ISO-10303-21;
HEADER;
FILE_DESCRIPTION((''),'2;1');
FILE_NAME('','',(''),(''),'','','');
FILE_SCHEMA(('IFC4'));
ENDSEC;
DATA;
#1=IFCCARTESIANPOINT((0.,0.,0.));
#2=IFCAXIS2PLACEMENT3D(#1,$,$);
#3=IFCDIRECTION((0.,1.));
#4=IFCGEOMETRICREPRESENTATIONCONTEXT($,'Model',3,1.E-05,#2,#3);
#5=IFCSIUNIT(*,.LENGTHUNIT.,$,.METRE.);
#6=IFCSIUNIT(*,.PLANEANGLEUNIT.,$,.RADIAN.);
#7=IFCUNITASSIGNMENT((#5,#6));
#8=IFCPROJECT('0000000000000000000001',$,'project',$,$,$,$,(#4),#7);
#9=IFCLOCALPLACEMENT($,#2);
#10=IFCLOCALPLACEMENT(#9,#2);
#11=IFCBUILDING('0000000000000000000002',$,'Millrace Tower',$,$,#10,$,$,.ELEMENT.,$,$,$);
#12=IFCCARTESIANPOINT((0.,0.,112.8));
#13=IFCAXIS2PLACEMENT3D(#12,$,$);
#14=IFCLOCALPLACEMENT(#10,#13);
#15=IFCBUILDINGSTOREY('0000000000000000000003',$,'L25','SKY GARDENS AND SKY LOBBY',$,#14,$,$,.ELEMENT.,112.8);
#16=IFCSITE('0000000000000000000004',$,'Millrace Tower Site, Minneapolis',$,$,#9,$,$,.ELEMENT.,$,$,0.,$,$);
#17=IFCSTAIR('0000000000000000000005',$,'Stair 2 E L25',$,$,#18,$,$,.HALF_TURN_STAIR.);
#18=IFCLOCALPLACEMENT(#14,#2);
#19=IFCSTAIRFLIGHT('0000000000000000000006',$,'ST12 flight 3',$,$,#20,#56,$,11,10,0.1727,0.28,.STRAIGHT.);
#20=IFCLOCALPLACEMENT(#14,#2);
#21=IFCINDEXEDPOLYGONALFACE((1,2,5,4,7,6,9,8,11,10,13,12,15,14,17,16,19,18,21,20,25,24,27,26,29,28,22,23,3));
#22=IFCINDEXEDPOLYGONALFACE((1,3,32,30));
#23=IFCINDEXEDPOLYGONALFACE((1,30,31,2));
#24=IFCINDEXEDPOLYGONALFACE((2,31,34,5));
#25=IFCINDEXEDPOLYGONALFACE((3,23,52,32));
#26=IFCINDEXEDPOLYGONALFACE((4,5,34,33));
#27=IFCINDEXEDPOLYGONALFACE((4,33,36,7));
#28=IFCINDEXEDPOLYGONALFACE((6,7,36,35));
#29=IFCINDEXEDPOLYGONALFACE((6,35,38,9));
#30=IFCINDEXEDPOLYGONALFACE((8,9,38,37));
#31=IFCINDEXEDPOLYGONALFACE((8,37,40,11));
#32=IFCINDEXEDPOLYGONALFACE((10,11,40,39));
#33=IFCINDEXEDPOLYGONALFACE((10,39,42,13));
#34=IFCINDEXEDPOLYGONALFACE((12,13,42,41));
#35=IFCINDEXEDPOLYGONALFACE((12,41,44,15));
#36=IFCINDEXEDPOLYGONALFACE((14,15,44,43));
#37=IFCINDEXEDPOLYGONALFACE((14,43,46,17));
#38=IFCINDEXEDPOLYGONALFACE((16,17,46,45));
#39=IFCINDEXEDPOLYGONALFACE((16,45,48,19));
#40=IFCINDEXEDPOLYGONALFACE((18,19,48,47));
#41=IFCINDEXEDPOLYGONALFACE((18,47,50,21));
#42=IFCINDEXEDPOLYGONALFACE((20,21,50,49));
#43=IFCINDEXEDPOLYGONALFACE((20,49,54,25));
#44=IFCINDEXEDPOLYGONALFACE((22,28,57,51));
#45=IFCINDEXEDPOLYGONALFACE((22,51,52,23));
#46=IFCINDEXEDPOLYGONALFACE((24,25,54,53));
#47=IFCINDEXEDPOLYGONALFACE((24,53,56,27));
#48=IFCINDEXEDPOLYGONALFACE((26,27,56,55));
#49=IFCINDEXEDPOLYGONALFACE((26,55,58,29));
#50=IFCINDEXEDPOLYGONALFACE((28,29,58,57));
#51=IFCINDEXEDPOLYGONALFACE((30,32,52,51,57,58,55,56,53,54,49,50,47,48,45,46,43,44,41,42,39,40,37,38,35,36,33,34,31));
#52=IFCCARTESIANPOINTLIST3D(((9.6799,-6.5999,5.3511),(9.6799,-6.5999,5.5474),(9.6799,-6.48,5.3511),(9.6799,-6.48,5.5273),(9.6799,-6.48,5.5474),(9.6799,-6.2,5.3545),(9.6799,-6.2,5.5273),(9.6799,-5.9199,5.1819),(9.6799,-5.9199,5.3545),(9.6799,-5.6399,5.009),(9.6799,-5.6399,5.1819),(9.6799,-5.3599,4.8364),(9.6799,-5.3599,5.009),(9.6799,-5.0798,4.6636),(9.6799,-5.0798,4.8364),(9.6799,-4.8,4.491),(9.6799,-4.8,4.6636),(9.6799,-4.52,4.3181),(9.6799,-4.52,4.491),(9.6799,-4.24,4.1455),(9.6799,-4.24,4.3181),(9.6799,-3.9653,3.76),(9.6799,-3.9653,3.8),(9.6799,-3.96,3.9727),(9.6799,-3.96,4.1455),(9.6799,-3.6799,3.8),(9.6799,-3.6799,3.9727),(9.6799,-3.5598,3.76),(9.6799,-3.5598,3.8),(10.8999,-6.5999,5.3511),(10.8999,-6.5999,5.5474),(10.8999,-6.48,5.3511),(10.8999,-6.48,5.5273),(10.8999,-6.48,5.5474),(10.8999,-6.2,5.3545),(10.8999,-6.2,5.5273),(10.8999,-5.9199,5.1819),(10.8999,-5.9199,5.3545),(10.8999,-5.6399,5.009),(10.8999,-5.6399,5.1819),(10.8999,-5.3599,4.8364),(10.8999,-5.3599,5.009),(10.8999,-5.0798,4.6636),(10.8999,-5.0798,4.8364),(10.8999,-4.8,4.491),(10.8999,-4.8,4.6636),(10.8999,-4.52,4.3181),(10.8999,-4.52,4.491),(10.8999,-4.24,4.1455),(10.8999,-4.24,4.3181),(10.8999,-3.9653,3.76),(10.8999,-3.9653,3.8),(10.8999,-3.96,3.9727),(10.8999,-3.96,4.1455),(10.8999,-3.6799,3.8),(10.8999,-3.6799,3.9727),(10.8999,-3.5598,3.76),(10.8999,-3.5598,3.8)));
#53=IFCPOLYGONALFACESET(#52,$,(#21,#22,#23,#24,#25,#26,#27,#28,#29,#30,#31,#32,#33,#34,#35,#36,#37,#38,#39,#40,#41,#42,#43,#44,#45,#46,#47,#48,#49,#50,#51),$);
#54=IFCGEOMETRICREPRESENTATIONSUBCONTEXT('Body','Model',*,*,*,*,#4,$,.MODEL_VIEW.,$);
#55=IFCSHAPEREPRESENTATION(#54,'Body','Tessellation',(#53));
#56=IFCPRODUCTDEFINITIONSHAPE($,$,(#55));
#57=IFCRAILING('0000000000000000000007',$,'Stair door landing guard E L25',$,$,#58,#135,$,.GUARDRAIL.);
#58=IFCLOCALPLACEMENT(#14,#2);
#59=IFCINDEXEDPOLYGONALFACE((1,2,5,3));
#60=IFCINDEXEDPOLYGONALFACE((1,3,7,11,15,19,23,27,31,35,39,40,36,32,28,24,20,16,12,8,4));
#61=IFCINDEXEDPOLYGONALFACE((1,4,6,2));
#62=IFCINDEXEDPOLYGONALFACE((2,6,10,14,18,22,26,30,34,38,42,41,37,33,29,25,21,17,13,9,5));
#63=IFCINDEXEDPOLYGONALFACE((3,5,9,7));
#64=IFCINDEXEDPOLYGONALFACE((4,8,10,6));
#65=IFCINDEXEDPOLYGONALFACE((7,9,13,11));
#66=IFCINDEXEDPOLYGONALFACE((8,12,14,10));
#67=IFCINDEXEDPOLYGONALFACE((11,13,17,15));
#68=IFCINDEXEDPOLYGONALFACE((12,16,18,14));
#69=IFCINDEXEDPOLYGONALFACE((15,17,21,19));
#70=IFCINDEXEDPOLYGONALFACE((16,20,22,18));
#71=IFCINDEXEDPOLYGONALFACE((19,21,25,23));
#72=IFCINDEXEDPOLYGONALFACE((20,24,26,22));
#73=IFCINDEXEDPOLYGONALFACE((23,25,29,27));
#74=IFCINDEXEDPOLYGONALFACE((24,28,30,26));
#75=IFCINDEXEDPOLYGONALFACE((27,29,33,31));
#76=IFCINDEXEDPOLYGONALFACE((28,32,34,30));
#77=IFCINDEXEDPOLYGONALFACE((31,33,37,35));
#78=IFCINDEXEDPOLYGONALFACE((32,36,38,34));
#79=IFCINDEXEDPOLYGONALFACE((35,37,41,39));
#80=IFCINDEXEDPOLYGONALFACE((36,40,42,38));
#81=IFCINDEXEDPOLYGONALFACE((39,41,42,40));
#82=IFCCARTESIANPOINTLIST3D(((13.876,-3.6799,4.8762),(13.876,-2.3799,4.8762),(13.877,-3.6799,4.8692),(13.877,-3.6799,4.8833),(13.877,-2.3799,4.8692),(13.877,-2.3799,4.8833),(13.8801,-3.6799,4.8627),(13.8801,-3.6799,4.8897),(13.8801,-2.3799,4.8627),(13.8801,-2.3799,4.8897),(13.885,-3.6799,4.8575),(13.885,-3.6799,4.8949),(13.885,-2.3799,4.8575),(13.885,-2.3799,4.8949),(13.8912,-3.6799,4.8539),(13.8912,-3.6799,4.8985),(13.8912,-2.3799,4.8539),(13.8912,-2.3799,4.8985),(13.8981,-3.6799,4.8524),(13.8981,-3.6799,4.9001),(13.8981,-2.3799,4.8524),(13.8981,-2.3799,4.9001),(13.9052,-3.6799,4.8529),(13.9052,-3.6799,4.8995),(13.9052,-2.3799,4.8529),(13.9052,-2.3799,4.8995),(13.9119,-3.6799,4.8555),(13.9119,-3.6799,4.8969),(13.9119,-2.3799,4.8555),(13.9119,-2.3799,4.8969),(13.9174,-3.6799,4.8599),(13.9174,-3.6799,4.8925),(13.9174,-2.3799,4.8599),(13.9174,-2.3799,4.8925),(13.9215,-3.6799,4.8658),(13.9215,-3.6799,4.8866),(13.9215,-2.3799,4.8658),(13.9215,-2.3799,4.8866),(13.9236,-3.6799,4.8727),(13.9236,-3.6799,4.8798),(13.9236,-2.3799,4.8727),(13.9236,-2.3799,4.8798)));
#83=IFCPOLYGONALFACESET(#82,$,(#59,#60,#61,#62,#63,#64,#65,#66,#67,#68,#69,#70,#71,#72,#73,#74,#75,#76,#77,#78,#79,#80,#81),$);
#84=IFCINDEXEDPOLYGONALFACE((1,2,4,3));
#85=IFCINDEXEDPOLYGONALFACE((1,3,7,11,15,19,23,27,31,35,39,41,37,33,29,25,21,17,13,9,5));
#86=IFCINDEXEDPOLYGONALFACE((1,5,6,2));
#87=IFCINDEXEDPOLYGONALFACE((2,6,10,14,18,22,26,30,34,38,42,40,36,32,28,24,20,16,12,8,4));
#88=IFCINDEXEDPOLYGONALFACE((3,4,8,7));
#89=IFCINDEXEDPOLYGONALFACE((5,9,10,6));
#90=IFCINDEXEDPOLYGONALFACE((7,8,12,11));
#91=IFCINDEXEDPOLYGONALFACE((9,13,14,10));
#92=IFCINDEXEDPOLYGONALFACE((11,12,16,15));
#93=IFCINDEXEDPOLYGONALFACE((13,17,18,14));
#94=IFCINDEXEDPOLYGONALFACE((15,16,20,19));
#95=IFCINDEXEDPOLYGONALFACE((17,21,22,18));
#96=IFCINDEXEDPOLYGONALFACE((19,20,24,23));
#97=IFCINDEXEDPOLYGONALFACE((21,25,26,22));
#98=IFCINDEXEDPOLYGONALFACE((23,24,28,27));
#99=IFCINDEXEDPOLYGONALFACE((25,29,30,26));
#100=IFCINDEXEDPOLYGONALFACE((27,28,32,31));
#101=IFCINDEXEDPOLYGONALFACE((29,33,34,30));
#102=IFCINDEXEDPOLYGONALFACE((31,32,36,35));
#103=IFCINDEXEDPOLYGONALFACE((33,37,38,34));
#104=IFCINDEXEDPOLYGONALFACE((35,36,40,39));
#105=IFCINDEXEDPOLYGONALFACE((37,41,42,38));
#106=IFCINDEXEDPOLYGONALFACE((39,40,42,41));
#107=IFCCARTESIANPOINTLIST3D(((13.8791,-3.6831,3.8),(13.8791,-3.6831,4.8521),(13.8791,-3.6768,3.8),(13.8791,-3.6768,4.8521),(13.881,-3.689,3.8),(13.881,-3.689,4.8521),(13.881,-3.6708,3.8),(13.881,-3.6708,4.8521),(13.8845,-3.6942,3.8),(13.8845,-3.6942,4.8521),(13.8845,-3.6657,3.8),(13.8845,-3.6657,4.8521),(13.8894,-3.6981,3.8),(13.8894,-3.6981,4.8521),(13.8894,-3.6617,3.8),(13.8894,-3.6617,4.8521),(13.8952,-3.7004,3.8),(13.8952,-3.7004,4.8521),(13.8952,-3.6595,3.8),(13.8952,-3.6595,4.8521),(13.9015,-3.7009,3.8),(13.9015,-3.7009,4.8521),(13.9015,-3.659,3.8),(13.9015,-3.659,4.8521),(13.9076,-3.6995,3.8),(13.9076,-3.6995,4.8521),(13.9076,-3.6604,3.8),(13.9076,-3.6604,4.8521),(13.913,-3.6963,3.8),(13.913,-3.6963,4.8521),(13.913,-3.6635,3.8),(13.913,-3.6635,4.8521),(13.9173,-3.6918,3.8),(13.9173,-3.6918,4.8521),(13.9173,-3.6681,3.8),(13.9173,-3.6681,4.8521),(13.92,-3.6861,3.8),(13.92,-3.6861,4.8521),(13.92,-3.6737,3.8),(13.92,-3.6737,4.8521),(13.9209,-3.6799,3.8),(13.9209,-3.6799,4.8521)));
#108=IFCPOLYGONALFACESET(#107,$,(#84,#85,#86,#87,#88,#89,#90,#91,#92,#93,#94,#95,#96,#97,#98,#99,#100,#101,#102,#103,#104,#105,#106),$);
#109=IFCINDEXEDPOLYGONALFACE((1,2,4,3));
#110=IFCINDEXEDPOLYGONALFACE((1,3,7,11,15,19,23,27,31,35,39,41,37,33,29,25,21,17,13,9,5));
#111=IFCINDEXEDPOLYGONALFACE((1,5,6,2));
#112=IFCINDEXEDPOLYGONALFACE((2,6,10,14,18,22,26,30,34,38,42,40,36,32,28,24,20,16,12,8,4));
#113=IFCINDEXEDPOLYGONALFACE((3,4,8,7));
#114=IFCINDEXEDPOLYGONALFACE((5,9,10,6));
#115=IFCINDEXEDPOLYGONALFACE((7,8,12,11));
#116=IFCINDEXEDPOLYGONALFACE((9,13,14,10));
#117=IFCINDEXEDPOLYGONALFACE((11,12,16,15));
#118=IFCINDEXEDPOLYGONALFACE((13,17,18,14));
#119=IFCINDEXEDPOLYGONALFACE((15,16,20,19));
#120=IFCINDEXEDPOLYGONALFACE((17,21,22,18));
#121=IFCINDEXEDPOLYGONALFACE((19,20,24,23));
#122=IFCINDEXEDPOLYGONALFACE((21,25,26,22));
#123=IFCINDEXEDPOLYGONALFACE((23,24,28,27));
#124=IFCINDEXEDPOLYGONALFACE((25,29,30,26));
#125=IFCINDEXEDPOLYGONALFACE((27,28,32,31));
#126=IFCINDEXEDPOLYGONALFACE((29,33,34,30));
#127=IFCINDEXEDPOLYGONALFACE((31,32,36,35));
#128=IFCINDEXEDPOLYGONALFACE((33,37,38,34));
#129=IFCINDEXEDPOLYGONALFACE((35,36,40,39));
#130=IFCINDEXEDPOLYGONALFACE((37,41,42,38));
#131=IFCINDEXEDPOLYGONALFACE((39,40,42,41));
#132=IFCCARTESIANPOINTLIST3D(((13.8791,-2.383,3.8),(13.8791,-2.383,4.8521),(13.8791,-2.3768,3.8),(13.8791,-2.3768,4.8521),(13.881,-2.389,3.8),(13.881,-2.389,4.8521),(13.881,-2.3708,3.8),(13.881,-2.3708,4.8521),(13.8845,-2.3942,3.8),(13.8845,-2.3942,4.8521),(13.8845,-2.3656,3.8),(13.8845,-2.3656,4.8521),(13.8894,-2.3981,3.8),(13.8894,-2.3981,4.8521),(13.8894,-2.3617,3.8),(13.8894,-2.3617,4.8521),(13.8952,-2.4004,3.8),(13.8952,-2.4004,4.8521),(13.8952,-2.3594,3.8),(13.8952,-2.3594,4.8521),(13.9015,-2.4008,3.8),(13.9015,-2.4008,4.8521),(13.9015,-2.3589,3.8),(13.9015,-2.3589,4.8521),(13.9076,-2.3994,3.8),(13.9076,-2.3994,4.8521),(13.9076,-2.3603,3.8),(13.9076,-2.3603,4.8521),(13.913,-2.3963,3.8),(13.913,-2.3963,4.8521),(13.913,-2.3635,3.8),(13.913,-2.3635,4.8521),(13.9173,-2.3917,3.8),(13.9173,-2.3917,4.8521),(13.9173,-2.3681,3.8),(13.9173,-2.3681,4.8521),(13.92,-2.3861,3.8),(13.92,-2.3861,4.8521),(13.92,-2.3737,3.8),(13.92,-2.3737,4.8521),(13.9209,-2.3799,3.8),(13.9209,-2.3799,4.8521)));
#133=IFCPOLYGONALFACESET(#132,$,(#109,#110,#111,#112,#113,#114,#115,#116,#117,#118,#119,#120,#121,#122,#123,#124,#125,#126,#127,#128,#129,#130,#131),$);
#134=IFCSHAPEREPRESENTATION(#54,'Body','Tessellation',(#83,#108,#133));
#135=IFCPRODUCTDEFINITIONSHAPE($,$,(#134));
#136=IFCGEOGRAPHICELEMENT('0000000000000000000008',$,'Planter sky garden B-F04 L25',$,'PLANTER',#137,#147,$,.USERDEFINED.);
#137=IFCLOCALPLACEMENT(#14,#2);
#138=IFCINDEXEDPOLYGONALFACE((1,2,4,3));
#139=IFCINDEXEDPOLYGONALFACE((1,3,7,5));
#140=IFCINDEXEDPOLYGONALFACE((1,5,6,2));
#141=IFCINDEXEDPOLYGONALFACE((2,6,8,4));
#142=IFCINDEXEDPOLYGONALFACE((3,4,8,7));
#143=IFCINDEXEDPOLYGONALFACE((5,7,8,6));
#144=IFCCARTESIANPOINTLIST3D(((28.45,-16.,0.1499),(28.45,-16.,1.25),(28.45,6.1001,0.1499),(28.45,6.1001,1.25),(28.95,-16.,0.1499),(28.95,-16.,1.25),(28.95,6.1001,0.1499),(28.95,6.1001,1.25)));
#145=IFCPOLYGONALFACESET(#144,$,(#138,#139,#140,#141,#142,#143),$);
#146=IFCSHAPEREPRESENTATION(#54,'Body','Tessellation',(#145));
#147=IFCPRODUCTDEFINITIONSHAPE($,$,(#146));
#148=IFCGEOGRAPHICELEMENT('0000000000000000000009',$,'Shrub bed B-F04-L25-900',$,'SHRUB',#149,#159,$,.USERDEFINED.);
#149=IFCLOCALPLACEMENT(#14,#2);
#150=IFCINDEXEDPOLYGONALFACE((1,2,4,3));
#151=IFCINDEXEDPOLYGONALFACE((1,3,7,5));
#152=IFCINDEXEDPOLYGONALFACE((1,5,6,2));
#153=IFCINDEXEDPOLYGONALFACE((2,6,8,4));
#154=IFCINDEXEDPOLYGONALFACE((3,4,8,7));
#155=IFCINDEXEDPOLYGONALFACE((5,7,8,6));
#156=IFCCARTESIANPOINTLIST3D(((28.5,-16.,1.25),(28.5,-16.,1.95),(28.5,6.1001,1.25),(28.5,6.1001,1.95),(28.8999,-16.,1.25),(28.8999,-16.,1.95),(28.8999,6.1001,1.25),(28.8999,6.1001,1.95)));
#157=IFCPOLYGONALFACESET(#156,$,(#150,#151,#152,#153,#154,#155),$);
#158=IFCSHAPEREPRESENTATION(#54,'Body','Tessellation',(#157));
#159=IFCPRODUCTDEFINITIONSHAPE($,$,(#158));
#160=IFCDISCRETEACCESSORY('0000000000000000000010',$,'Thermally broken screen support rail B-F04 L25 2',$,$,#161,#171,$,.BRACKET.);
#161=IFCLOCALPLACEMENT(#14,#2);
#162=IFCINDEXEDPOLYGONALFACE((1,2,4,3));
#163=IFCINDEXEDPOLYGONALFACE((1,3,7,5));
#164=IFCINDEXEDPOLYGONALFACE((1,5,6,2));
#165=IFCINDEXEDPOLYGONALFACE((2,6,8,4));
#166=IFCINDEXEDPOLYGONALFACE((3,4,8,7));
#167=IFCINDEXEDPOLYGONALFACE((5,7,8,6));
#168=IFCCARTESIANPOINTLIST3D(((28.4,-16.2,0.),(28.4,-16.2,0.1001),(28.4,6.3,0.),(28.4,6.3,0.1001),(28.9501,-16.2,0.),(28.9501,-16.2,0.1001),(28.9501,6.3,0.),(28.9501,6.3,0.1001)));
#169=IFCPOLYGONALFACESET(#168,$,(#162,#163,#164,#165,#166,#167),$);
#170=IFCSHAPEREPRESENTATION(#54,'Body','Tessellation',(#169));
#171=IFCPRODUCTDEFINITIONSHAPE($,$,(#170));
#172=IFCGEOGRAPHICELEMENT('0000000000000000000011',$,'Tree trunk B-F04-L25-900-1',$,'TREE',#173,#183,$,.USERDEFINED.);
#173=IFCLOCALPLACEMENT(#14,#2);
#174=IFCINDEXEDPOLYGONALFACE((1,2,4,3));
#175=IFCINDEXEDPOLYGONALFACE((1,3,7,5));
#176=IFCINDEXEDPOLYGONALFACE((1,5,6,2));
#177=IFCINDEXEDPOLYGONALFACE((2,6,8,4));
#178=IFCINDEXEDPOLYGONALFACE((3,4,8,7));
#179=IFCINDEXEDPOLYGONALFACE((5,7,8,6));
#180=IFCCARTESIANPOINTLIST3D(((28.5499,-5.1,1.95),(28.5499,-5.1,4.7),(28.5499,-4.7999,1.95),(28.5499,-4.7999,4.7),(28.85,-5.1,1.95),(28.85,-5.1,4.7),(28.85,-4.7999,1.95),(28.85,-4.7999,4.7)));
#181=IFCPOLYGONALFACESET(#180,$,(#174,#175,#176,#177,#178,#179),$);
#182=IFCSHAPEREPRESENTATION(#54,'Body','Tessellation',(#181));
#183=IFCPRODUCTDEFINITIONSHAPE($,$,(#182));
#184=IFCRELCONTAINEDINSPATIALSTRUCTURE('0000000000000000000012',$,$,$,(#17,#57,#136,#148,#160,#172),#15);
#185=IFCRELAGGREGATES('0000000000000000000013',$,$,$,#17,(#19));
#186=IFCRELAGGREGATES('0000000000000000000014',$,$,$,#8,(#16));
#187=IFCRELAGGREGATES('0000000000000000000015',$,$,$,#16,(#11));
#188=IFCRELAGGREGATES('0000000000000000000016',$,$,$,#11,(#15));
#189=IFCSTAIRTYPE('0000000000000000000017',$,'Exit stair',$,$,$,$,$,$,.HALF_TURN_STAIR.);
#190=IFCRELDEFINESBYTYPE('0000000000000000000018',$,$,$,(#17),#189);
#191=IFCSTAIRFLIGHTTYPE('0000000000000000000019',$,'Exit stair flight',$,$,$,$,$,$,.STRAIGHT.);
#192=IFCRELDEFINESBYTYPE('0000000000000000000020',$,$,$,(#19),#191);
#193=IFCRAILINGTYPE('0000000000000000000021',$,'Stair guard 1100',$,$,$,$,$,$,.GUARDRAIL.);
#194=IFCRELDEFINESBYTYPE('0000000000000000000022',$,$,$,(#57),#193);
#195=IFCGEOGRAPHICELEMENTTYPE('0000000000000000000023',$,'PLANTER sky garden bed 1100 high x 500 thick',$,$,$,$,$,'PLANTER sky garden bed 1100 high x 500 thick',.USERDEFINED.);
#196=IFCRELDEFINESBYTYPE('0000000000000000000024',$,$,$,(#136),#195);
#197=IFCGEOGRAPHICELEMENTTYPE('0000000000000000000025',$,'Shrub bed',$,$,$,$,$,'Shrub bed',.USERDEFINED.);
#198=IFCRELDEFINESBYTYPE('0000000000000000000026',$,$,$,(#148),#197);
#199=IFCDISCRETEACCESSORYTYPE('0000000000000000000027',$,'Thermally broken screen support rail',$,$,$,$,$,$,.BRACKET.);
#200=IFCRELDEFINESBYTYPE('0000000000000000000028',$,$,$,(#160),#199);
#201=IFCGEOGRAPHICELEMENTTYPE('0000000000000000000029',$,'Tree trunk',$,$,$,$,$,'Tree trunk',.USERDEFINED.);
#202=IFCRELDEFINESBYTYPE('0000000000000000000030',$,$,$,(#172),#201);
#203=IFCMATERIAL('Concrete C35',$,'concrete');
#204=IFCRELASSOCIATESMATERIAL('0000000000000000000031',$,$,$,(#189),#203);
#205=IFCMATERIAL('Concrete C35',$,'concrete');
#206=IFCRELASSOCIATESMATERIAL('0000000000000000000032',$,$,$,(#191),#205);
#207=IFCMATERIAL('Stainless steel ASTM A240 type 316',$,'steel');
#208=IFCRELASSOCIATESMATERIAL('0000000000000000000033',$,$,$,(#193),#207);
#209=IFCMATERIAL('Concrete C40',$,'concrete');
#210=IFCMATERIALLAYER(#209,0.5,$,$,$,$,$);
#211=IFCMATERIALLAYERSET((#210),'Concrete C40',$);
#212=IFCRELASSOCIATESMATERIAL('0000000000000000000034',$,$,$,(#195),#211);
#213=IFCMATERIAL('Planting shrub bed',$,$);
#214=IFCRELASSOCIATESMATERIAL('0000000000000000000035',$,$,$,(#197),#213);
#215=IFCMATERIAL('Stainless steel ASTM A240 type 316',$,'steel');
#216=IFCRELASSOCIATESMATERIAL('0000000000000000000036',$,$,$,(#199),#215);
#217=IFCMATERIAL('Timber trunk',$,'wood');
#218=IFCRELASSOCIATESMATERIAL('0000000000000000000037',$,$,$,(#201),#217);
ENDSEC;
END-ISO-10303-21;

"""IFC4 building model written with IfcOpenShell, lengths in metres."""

from ifc_helpers import new_model, si_unit, direction, frame, origin, origin_2d, place, context, subcontext, project, spatial, polyline, rectangle, circle, outline, extrude, material, layer, layer_set, type_object, element, aggregate, save


model = new_model("IFC4")

# Units and contexts
model_context = context("Model", 3, precision=1e-05, world=origin(), true_north=direction((0.0, 1.0)))
body_context = subcontext(model_context, "Body", "Model", "MODEL_VIEW")
ifc_project = project(units=[si_unit("LENGTHUNIT", "METRE"), si_unit("PLANEANGLEUNIT", "RADIAN")], contexts=[model_context])

# Site, building, storey
site_placement = place(None, origin())
site = spatial("IfcSite", under=ifc_project, at=site_placement, Name="Millrace Tower Site, Minneapolis", CompositionType="ELEMENT", RefElevation=0.0)
building_placement = place(site_placement, origin())
building = spatial("IfcBuilding", under=site, at=building_placement, Name="Millrace Tower", CompositionType="ELEMENT")
storey_placement = place(building_placement, frame((0.0, 0.0, 112.8)))
storey = spatial("IfcBuildingStorey", under=building, at=storey_placement, Name="L25", Description="SKY GARDENS AND SKY LOBBY", CompositionType="ELEMENT", Elevation=112.8)

# Shared definitions
placement = place(storey_placement, origin())

# Stair, stair flight
ifc_material_1 = material(Name="Concrete C35", Category="concrete")
stair_type = type_object("IfcStairType", Name="Exit stair", PredefinedType="HALF_TURN_STAIR", material=ifc_material_1)
ifc_material_2 = material(Name="Concrete C35", Category="concrete")
stair_flight_type = type_object("IfcStairFlightType", Name="Exit stair flight", PredefinedType="STRAIGHT", material=ifc_material_2)
stair_1 = element("IfcStair", 1, at=placement, inside=storey, type_object=stair_type, Name="Stair 2 E L25", PredefinedType="HALF_TURN_STAIR")
stair_flight_1_placement = place(storey_placement, frame((10.29, -3.6799, 3.8), z_axis=(0.0, 0.0, 1.0), x_axis=(0.0, -1.0, 0.0)))
stair_flight_1 = element("IfcStairFlight", 2, at=stair_flight_1_placement, type_object=stair_flight_type, Name="ST12 flight 3", NumberOfRisers=11, NumberOfTreads=10, PredefinedType="STRAIGHT", RiserHeight=0.1727, TreadLength=0.28, context=body_context, shape_type="SweptSolid", body=[
    extrude(outline(polyline([(-0.1201, -0.04), (-0.1201, 0.0), (0.0, 0.0), (0.0, 0.1726), (0.28, 0.1726), (0.28, 0.3455), (0.5601, 0.3455), (0.5601, 0.5181), (0.8401, 0.5181), (0.8401, 0.6909), (1.1201, 0.6909), (1.1201, 0.8635), (1.3999, 0.8635), (1.3999, 1.0364), (1.6799, 1.0364), (1.6799, 1.209), (1.96, 1.209), (1.96, 1.3818), (2.24, 1.3818), (2.24, 1.5544), (2.52, 1.5544), (2.52, 1.7273), (2.8, 1.7273), (2.8, 1.7473), (2.9199, 1.7473), (2.9199, 1.551), (2.8, 1.551), (0.2854, 0.0), (0.2854, -0.04), (-0.1201, -0.04)])), frame((0.0, 0.6099, 0.0), z_axis=(0.0, -1.0, 0.0), x_axis=(1.0, 0.0, 0.0)), (0.0, 0.0, 1.0), 1.22),
])
aggregate(stair_1, [stair_flight_1])

# Railing
ifc_material_3 = material(Name="Stainless steel ASTM A240 type 316", Category="steel")
railing_type_1 = type_object("IfcRailingType", Name="Stair guard 1100", PredefinedType="GUARDRAIL", material=ifc_material_3)
railing_1_placement = place(storey_placement, frame((13.8999, -3.6799, 3.8)))
element("IfcRailing", 3, at=railing_1_placement, inside=storey, type_object=railing_type_1, Name="Stair door landing guard E L25", PredefinedType="GUARDRAIL", context=body_context, shape_type="SweptSolid", body=[
    extrude(circle(Radius=0.0239, at=origin_2d()), frame((0.0, 0.0, 1.0762), z_axis=(0.0, 1.0, 0.0), x_axis=(-1.0, 0.0, 0.0)), (0.0, 0.0, 1.0), 1.3),
    extrude(circle(Radius=0.021, at=origin_2d()), origin(), (0.0, 0.0, 1.0), 1.052),
    extrude(circle(Radius=0.021, at=origin_2d()), frame((0.0, 1.3, 0.0)), (0.0, 0.0, 1.0), 1.052),
])

# Geographic elements
ifc_material_4 = material(Name="Concrete C40", Category="concrete")
ifc_layer_1 = layer(ifc_material_4, 0.5)
ifc_layer_set_1 = layer_set([ifc_layer_1], Name="Concrete C40")
geographic_element_type_1 = type_object("IfcGeographicElementType", Name="PLANTER sky garden bed 1100 high x 500 thick", ElementType="PLANTER sky garden bed 1100 high x 500 thick", PredefinedType="USERDEFINED", material=ifc_layer_set_1)
geographic_element_1_placement = place(storey_placement, frame((28.7, -4.95, 0.1499), z_axis=(0.0, 0.0, 1.0), x_axis=(0.0, 1.0, 0.0)))
element("IfcGeographicElement", 4, at=geographic_element_1_placement, inside=storey, type_object=geographic_element_type_1, Name="Planter sky garden B-F04 L25", ObjectType="PLANTER", PredefinedType="USERDEFINED", context=body_context, shape_type="SweptSolid", body=[
    extrude(rectangle(XDim=22.1001, YDim=0.5, at=origin_2d()), origin(), (0.0, 0.0, 1.0), 1.1001),
])
ifc_material_5 = material(Name="Planting shrub bed")
geographic_element_type_2 = type_object("IfcGeographicElementType", Name="Shrub bed", ElementType="Shrub bed", PredefinedType="USERDEFINED", material=ifc_material_5)
geographic_element_2_placement = place(storey_placement, frame((28.7, -4.95, 1.25), z_axis=(0.0, 0.0, 1.0), x_axis=(0.0, 1.0, 0.0)))
element("IfcGeographicElement", 5, at=geographic_element_2_placement, inside=storey, type_object=geographic_element_type_2, Name="Shrub bed B-F04-L25-900", ObjectType="SHRUB", PredefinedType="USERDEFINED", context=body_context, shape_type="SweptSolid", body=[
    extrude(rectangle(XDim=22.1001, YDim=0.3999, at=origin_2d()), origin(), (0.0, 0.0, 1.0), 0.7),
])

# Discrete accessory
ifc_material_6 = material(Name="Stainless steel ASTM A240 type 316", Category="steel")
discrete_accessory_type = type_object("IfcDiscreteAccessoryType", Name="Thermally broken screen support rail", PredefinedType="BRACKET", material=ifc_material_6)
discrete_accessory_placement = place(storey_placement, frame((28.675, -4.95, 0.0), z_axis=(0.0, 0.0, 1.0), x_axis=(0.0, 1.0, 0.0)))
element("IfcDiscreteAccessory", 6, at=discrete_accessory_placement, inside=storey, type_object=discrete_accessory_type, Name="Thermally broken screen support rail B-F04 L25 2", PredefinedType="BRACKET", context=body_context, shape_type="SweptSolid", body=[
    extrude(rectangle(XDim=22.5, YDim=0.55, at=origin_2d()), origin(), (0.0, 0.0, 1.0), 0.1001),
])

# Geographic element
ifc_material_7 = material(Name="Timber trunk", Category="wood")
geographic_element_type_3 = type_object("IfcGeographicElementType", Name="Tree trunk", ElementType="Tree trunk", PredefinedType="USERDEFINED", material=ifc_material_7)
geographic_element_3_placement = place(storey_placement, frame((28.7, -4.95, 1.95), z_axis=(0.0, 0.0, 1.0), x_axis=(1.0, 0.0, 0.0)))
element("IfcGeographicElement", 7, at=geographic_element_3_placement, inside=storey, type_object=geographic_element_type_3, Name="Tree trunk B-F04-L25-900-1", ObjectType="TREE", PredefinedType="USERDEFINED", context=body_context, shape_type="SweptSolid", body=[
    extrude(rectangle(XDim=0.3, YDim=0.3, at=origin_2d()), origin(), (0.0, 0.0, 1.0), 2.75),
])

save(model, "model.ifc")
